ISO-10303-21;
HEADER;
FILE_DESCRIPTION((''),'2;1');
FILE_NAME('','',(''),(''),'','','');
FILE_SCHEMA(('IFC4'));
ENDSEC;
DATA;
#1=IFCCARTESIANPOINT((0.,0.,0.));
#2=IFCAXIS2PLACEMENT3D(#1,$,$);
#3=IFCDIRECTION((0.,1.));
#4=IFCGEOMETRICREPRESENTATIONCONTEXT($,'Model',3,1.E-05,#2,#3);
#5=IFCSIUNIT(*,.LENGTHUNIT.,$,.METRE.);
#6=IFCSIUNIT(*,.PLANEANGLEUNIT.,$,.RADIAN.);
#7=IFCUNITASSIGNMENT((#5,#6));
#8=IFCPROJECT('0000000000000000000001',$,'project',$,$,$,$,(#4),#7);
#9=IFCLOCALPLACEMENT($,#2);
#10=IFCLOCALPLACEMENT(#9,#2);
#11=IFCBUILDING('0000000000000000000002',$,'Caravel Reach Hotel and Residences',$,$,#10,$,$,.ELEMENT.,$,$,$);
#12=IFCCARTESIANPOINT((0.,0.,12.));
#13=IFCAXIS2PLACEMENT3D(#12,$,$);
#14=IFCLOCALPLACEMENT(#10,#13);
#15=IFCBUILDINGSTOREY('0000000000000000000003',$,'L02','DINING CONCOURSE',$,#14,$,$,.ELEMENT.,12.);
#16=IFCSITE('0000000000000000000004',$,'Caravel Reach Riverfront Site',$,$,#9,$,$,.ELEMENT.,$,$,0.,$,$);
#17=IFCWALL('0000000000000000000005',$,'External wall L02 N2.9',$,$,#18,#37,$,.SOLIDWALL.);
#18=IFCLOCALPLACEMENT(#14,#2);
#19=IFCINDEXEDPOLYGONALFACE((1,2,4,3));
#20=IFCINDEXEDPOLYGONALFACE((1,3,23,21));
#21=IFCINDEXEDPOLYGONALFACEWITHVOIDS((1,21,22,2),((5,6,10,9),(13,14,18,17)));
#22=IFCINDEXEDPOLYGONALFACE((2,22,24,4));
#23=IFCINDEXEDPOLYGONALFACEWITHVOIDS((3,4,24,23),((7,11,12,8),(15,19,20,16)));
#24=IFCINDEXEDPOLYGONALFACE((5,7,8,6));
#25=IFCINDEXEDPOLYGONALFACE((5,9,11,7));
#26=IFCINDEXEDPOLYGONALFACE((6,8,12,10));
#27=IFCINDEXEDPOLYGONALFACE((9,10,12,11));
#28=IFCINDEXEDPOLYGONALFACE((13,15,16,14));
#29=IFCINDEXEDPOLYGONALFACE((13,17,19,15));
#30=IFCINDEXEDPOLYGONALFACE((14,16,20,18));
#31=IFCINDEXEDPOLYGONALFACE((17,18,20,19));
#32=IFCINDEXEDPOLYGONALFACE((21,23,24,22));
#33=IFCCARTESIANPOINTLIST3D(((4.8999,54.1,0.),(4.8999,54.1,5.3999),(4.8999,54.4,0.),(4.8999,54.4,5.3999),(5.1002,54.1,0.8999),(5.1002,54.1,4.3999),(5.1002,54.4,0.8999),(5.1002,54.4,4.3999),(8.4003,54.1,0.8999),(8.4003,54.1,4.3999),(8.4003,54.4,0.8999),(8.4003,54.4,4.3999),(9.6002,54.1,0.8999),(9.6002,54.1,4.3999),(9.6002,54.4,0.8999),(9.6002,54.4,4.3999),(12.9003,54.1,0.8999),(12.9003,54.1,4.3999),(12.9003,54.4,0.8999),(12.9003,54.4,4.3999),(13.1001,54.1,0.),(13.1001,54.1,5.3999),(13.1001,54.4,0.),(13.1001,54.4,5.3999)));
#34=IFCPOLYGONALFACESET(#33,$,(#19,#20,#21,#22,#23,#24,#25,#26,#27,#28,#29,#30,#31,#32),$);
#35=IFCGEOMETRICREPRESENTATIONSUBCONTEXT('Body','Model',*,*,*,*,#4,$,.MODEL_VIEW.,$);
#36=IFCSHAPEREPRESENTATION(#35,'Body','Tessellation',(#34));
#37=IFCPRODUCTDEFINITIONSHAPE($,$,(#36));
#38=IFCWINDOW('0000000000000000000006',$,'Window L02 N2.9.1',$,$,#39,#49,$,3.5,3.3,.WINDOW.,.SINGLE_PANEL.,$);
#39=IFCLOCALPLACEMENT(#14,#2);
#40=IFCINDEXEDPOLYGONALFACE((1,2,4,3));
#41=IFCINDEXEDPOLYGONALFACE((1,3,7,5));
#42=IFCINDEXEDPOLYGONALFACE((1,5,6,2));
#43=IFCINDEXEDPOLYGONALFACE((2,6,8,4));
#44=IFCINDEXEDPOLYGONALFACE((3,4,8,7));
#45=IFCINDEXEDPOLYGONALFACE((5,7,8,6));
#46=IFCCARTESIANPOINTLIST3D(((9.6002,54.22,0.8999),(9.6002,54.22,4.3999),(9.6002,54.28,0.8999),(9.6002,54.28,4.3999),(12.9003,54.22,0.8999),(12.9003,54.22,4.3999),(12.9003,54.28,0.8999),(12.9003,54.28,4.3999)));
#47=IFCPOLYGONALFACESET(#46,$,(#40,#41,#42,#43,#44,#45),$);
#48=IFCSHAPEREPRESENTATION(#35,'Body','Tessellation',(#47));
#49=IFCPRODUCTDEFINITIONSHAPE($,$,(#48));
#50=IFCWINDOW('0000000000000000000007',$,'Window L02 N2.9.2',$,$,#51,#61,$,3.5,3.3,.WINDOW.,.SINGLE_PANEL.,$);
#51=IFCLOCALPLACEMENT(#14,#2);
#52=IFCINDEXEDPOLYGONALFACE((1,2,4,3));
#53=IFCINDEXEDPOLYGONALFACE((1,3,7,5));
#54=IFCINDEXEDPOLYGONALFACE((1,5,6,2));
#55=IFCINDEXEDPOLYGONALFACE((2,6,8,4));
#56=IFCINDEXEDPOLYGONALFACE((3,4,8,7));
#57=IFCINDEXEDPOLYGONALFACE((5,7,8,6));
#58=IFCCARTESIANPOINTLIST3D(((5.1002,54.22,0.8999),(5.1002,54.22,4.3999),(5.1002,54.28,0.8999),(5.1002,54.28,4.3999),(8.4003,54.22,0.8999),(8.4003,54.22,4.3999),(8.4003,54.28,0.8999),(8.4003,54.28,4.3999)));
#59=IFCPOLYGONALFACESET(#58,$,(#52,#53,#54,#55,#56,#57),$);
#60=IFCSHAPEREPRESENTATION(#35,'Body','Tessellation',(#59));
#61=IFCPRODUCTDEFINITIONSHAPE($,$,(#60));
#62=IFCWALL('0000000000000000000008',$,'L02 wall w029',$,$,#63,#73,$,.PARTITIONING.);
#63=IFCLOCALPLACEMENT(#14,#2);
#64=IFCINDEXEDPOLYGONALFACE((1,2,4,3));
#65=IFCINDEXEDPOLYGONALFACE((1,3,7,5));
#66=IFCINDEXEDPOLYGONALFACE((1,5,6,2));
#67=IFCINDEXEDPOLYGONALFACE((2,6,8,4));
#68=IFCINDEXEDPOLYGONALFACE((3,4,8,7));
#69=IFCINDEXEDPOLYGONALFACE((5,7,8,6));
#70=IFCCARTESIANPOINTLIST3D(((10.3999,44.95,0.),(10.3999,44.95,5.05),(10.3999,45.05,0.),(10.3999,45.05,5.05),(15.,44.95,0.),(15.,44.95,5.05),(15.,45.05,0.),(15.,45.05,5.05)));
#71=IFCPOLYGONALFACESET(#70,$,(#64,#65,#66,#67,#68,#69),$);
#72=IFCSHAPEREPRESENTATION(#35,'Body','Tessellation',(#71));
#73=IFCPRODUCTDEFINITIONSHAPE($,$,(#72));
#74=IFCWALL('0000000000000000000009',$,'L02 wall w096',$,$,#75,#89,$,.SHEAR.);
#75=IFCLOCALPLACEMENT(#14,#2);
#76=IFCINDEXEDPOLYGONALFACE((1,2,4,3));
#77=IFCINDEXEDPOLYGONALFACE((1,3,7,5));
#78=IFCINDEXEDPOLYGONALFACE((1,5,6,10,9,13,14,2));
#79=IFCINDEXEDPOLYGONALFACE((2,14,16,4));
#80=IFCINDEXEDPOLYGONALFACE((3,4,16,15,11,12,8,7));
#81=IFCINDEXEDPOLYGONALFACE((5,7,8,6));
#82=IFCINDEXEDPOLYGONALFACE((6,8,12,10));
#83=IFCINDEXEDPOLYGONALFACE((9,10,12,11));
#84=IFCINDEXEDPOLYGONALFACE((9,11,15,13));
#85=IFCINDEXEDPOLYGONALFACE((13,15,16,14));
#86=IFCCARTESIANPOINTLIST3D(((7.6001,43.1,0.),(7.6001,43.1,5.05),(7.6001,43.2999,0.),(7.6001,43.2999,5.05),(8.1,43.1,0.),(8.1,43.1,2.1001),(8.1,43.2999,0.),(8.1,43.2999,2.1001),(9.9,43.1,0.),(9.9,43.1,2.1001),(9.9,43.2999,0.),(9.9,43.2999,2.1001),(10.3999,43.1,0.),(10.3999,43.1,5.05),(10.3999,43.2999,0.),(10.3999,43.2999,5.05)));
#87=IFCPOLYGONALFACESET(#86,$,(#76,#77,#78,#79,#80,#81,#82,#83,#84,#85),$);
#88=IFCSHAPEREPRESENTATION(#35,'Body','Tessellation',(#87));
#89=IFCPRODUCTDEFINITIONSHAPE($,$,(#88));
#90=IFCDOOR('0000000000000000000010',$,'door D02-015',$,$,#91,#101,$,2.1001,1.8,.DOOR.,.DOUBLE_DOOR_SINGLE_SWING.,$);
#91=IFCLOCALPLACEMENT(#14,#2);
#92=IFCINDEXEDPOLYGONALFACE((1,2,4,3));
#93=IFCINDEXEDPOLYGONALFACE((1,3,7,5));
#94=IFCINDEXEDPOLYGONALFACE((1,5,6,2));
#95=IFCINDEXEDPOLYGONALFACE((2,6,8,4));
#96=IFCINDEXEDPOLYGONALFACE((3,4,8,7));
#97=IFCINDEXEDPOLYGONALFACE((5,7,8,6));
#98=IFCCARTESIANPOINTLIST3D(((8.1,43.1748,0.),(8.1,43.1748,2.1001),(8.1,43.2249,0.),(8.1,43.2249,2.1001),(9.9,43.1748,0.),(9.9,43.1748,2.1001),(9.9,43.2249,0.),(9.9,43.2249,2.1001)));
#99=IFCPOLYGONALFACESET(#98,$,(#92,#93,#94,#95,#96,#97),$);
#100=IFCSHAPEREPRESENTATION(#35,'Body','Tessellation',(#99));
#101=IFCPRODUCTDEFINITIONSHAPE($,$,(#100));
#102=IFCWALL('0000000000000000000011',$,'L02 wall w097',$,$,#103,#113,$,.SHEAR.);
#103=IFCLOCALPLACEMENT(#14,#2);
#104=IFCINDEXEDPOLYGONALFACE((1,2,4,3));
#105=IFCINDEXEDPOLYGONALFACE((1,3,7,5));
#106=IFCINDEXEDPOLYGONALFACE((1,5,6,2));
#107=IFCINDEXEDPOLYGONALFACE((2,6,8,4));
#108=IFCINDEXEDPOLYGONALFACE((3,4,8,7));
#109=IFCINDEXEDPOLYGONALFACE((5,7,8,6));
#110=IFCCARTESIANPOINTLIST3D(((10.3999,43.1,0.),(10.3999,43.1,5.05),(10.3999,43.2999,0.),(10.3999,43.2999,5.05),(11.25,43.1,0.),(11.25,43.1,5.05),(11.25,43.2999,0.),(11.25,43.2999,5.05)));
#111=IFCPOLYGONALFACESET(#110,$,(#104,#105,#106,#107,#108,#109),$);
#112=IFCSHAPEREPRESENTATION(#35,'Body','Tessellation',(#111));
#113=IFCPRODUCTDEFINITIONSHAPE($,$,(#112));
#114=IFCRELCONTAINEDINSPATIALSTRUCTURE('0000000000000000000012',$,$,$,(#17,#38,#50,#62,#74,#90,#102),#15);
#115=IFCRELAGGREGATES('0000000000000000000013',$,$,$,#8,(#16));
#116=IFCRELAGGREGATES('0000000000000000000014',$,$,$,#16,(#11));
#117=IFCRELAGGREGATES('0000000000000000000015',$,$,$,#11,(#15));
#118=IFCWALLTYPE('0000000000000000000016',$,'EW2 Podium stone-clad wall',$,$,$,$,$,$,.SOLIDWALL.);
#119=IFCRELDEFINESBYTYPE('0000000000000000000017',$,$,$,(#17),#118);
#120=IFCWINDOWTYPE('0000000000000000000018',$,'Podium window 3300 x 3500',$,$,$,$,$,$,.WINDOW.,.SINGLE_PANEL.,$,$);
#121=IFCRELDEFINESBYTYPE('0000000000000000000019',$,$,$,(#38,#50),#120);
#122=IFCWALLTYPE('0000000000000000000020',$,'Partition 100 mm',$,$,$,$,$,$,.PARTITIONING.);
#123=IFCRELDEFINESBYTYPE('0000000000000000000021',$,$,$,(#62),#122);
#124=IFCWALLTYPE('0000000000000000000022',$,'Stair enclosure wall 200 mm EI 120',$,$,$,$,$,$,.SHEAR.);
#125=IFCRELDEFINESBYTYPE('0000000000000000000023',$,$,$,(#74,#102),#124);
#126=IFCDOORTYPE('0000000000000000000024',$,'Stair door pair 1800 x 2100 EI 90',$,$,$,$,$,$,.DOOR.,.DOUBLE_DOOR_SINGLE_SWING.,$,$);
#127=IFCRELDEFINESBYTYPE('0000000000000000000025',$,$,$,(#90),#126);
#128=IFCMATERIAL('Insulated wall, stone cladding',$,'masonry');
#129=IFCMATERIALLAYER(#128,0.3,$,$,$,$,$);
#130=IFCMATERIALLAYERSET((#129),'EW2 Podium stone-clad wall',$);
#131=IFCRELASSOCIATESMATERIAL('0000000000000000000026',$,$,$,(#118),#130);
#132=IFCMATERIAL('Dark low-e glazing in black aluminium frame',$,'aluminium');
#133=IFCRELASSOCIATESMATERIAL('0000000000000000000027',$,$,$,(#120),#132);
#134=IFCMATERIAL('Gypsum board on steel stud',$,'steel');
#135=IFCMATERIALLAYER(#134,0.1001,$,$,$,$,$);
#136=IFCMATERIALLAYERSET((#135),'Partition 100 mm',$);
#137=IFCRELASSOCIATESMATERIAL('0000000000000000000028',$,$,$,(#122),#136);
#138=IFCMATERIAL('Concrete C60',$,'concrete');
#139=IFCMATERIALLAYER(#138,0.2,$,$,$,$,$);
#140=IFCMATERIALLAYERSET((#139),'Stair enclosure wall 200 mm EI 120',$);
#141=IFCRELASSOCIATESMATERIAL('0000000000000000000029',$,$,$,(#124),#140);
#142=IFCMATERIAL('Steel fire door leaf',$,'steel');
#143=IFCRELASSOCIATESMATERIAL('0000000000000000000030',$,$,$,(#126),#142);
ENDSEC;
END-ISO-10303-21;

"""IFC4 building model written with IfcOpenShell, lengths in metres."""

from ifc_helpers import new_model, si_unit, direction, frame, frame_2d, origin, place, context, subcontext, project, spatial, rectangle, extrude, material, layer, layer_set, type_object, element, fill, save


model = new_model("IFC4")

# Units and contexts
model_context = context("Model", 3, precision=1e-05, world=origin(), true_north=direction((0.0, 1.0)))
body_context = subcontext(model_context, "Body", "Model", "MODEL_VIEW")
ifc_project = project(units=[si_unit("LENGTHUNIT", "METRE"), si_unit("PLANEANGLEUNIT", "RADIAN")], contexts=[model_context])

# Site, building, storey
site_placement = place(None, origin())
site = spatial("IfcSite", under=ifc_project, at=site_placement, Name="Caravel Reach Riverfront Site", CompositionType="ELEMENT", RefElevation=0.0)
building_placement = place(site_placement, origin())
building = spatial("IfcBuilding", under=site, at=building_placement, Name="Caravel Reach Hotel and Residences", CompositionType="ELEMENT")
storey_placement = place(building_placement, frame((0.0, 0.0, 12.0)))
storey = spatial("IfcBuildingStorey", under=building, at=storey_placement, Name="L02", Description="DINING CONCOURSE", CompositionType="ELEMENT", Elevation=12.0)

# Wall, openings, windows
ifc_material_1 = material(Name="Insulated wall, stone cladding", Category="masonry")
ifc_layer_1 = layer(ifc_material_1, 0.3)
ifc_layer_set_1 = layer_set([ifc_layer_1], Name="EW2 Podium stone-clad wall")
wall_type_1 = type_object("IfcWallType", Name="EW2 Podium stone-clad wall", PredefinedType="SOLIDWALL", material=ifc_layer_set_1)
wall_1_placement = place(storey_placement, frame((13.1001, 54.25, 0.0), z_axis=(0.0, 0.0, 1.0), x_axis=(-1.0, 0.0, 0.0)))
wall_1 = element("IfcWall", 1, at=wall_1_placement, inside=storey, type_object=wall_type_1, Name="External wall L02 N2.9", PredefinedType="SOLIDWALL", context=body_context, shape_type="SweptSolid", body=[
    extrude(rectangle(XDim=8.2002, YDim=0.3, at=frame_2d((4.1001, 0.0))), origin(), (0.0, 0.0, 1.0), 5.3999),
])
opening_1_placement = place(wall_1_placement, frame((0.2, 0.0, 0.8999)))
opening_1 = element("IfcOpeningElement", 2, at=opening_1_placement, cuts=wall_1, PredefinedType="OPENING", context=body_context, shape_type="SweptSolid", body=[
    extrude(rectangle(XDim=3.3, YDim=3.5, at=frame_2d((1.6499, 1.75))), frame((0.0, 0.1599, 0.0), z_axis=(0.0, -1.0, 0.0), x_axis=(1.0, 0.0, 0.0)), (0.0, 0.0, 1.0), 0.3201),
])
opening_2_placement = place(wall_1_placement, frame((4.7, 0.0, 0.8999)))
opening_2 = element("IfcOpeningElement", 3, at=opening_2_placement, cuts=wall_1, PredefinedType="OPENING", context=body_context, shape_type="SweptSolid", body=[
    extrude(rectangle(XDim=3.3, YDim=3.5, at=frame_2d((1.6499, 1.75))), frame((0.0, 0.1599, 0.0), z_axis=(0.0, -1.0, 0.0), x_axis=(1.0, 0.0, 0.0)), (0.0, 0.0, 1.0), 0.3201),
])
ifc_material_2 = material(Name="Dark low-e glazing in black aluminium frame", Category="aluminium")
window_type = type_object("IfcWindowType", Name="Podium window 3300 x 3500", PartitioningType="SINGLE_PANEL", PredefinedType="WINDOW", material=ifc_material_2)
window_1_placement = place(opening_1_placement, origin())
window_1 = element("IfcWindow", 4, at=window_1_placement, inside=storey, type_object=window_type, Name="Window L02 N2.9.1", OverallHeight=3.5, OverallWidth=3.3, PartitioningType="SINGLE_PANEL", PredefinedType="WINDOW", context=body_context, shape_type="SweptSolid", body=[
    extrude(rectangle(XDim=3.3, YDim=3.5, at=frame_2d((1.6499, 1.75))), frame((0.0, 0.03, 0.0), z_axis=(0.0, -1.0, 0.0), x_axis=(1.0, 0.0, 0.0)), (0.0, 0.0, 1.0), 0.0601),
])
fill(opening_1, window_1)
window_2_placement = place(opening_2_placement, origin())
window_2 = element("IfcWindow", 5, at=window_2_placement, inside=storey, type_object=window_type, Name="Window L02 N2.9.2", OverallHeight=3.5, OverallWidth=3.3, PartitioningType="SINGLE_PANEL", PredefinedType="WINDOW", context=body_context, shape_type="SweptSolid", body=[
    extrude(rectangle(XDim=3.3, YDim=3.5, at=frame_2d((1.6499, 1.75))), frame((0.0, 0.03, 0.0), z_axis=(0.0, -1.0, 0.0), x_axis=(1.0, 0.0, 0.0)), (0.0, 0.0, 1.0), 0.0601),
])
fill(opening_2, window_2)

# Wall
ifc_material_3 = material(Name="Gypsum board on steel stud", Category="steel")
ifc_layer_2 = layer(ifc_material_3, 0.1001)
ifc_layer_set_2 = layer_set([ifc_layer_2], Name="Partition 100 mm")
wall_type_2 = type_object("IfcWallType", Name="Partition 100 mm", PredefinedType="PARTITIONING", material=ifc_layer_set_2)
wall_2_placement = place(storey_placement, frame((10.3999, 45.0, 0.0), z_axis=(0.0, 0.0, 1.0), x_axis=(1.0, 0.0, 0.0)))
element("IfcWall", 6, at=wall_2_placement, inside=storey, type_object=wall_type_2, Name="L02 wall w029", PredefinedType="PARTITIONING", context=body_context, shape_type="SweptSolid", body=[
    extrude(rectangle(XDim=4.6001, YDim=0.1001, at=frame_2d((2.3, 0.0))), origin(), (0.0, 0.0, 1.0), 5.05),
])

# Wall, opening, door
ifc_material_4 = material(Name="Concrete C60", Category="concrete")
ifc_layer_3 = layer(ifc_material_4, 0.2)
ifc_layer_set_3 = layer_set([ifc_layer_3], Name="Stair enclosure wall 200 mm EI 120")
wall_type_3 = type_object("IfcWallType", Name="Stair enclosure wall 200 mm EI 120", PredefinedType="SHEAR", material=ifc_layer_set_3)
wall_3_placement = place(storey_placement, frame((7.6001, 43.2, 0.0), z_axis=(0.0, 0.0, 1.0), x_axis=(1.0, 0.0, 0.0)))
wall_3 = element("IfcWall", 7, at=wall_3_placement, inside=storey, type_object=wall_type_3, Name="L02 wall w096", PredefinedType="SHEAR", context=body_context, shape_type="SweptSolid", body=[
    extrude(rectangle(XDim=2.7998, YDim=0.2, at=frame_2d((1.3999, 0.0))), origin(), (0.0, 0.0, 1.0), 5.05),
])
opening_3_placement = place(wall_3_placement, frame((0.5, 0.0, 0.0)))
opening_3 = element("IfcOpeningElement", 8, at=opening_3_placement, cuts=wall_3, PredefinedType="OPENING", context=body_context, shape_type="SweptSolid", body=[
    extrude(rectangle(XDim=1.8, YDim=2.1001, at=frame_2d((0.8999, 1.05))), frame((0.0, 0.1099, 0.0), z_axis=(0.0, -1.0, 0.0), x_axis=(1.0, 0.0, 0.0)), (0.0, 0.0, 1.0), 0.22),
])
ifc_material_5 = material(Name="Steel fire door leaf", Category="steel")
door_type_1 = type_object("IfcDoorType", Name="Stair door pair 1800 x 2100 EI 90", OperationType="DOUBLE_DOOR_SINGLE_SWING", PredefinedType="DOOR", material=ifc_material_5)
door_1_placement = place(opening_3_placement, origin())
door_1 = element("IfcDoor", 9, at=door_1_placement, inside=storey, type_object=door_type_1, Name="door D02-015", OperationType="DOUBLE_DOOR_SINGLE_SWING", OverallHeight=2.1001, OverallWidth=1.8, PredefinedType="DOOR", context=body_context, shape_type="SweptSolid", body=[
    extrude(rectangle(XDim=1.8, YDim=2.1001, at=frame_2d((0.8999, 1.05))), frame((0.0, 0.0249, 0.0), z_axis=(0.0, -1.0, 0.0), x_axis=(1.0, 0.0, 0.0)), (0.0, 0.0, 1.0), 0.05),
])
fill(opening_3, door_1)

# Wall
wall_4_placement = place(storey_placement, frame((10.3999, 43.2, 0.0), z_axis=(0.0, 0.0, 1.0), x_axis=(1.0, 0.0, 0.0)))
element("IfcWall", 10, at=wall_4_placement, inside=storey, type_object=wall_type_3, Name="L02 wall w097", PredefinedType="SHEAR", context=body_context, shape_type="SweptSolid", body=[
    extrude(rectangle(XDim=0.8501, YDim=0.2, at=frame_2d((0.425, 0.0))), origin(), (0.0, 0.0, 1.0), 5.05),
])

save(model, "model.ifc")
